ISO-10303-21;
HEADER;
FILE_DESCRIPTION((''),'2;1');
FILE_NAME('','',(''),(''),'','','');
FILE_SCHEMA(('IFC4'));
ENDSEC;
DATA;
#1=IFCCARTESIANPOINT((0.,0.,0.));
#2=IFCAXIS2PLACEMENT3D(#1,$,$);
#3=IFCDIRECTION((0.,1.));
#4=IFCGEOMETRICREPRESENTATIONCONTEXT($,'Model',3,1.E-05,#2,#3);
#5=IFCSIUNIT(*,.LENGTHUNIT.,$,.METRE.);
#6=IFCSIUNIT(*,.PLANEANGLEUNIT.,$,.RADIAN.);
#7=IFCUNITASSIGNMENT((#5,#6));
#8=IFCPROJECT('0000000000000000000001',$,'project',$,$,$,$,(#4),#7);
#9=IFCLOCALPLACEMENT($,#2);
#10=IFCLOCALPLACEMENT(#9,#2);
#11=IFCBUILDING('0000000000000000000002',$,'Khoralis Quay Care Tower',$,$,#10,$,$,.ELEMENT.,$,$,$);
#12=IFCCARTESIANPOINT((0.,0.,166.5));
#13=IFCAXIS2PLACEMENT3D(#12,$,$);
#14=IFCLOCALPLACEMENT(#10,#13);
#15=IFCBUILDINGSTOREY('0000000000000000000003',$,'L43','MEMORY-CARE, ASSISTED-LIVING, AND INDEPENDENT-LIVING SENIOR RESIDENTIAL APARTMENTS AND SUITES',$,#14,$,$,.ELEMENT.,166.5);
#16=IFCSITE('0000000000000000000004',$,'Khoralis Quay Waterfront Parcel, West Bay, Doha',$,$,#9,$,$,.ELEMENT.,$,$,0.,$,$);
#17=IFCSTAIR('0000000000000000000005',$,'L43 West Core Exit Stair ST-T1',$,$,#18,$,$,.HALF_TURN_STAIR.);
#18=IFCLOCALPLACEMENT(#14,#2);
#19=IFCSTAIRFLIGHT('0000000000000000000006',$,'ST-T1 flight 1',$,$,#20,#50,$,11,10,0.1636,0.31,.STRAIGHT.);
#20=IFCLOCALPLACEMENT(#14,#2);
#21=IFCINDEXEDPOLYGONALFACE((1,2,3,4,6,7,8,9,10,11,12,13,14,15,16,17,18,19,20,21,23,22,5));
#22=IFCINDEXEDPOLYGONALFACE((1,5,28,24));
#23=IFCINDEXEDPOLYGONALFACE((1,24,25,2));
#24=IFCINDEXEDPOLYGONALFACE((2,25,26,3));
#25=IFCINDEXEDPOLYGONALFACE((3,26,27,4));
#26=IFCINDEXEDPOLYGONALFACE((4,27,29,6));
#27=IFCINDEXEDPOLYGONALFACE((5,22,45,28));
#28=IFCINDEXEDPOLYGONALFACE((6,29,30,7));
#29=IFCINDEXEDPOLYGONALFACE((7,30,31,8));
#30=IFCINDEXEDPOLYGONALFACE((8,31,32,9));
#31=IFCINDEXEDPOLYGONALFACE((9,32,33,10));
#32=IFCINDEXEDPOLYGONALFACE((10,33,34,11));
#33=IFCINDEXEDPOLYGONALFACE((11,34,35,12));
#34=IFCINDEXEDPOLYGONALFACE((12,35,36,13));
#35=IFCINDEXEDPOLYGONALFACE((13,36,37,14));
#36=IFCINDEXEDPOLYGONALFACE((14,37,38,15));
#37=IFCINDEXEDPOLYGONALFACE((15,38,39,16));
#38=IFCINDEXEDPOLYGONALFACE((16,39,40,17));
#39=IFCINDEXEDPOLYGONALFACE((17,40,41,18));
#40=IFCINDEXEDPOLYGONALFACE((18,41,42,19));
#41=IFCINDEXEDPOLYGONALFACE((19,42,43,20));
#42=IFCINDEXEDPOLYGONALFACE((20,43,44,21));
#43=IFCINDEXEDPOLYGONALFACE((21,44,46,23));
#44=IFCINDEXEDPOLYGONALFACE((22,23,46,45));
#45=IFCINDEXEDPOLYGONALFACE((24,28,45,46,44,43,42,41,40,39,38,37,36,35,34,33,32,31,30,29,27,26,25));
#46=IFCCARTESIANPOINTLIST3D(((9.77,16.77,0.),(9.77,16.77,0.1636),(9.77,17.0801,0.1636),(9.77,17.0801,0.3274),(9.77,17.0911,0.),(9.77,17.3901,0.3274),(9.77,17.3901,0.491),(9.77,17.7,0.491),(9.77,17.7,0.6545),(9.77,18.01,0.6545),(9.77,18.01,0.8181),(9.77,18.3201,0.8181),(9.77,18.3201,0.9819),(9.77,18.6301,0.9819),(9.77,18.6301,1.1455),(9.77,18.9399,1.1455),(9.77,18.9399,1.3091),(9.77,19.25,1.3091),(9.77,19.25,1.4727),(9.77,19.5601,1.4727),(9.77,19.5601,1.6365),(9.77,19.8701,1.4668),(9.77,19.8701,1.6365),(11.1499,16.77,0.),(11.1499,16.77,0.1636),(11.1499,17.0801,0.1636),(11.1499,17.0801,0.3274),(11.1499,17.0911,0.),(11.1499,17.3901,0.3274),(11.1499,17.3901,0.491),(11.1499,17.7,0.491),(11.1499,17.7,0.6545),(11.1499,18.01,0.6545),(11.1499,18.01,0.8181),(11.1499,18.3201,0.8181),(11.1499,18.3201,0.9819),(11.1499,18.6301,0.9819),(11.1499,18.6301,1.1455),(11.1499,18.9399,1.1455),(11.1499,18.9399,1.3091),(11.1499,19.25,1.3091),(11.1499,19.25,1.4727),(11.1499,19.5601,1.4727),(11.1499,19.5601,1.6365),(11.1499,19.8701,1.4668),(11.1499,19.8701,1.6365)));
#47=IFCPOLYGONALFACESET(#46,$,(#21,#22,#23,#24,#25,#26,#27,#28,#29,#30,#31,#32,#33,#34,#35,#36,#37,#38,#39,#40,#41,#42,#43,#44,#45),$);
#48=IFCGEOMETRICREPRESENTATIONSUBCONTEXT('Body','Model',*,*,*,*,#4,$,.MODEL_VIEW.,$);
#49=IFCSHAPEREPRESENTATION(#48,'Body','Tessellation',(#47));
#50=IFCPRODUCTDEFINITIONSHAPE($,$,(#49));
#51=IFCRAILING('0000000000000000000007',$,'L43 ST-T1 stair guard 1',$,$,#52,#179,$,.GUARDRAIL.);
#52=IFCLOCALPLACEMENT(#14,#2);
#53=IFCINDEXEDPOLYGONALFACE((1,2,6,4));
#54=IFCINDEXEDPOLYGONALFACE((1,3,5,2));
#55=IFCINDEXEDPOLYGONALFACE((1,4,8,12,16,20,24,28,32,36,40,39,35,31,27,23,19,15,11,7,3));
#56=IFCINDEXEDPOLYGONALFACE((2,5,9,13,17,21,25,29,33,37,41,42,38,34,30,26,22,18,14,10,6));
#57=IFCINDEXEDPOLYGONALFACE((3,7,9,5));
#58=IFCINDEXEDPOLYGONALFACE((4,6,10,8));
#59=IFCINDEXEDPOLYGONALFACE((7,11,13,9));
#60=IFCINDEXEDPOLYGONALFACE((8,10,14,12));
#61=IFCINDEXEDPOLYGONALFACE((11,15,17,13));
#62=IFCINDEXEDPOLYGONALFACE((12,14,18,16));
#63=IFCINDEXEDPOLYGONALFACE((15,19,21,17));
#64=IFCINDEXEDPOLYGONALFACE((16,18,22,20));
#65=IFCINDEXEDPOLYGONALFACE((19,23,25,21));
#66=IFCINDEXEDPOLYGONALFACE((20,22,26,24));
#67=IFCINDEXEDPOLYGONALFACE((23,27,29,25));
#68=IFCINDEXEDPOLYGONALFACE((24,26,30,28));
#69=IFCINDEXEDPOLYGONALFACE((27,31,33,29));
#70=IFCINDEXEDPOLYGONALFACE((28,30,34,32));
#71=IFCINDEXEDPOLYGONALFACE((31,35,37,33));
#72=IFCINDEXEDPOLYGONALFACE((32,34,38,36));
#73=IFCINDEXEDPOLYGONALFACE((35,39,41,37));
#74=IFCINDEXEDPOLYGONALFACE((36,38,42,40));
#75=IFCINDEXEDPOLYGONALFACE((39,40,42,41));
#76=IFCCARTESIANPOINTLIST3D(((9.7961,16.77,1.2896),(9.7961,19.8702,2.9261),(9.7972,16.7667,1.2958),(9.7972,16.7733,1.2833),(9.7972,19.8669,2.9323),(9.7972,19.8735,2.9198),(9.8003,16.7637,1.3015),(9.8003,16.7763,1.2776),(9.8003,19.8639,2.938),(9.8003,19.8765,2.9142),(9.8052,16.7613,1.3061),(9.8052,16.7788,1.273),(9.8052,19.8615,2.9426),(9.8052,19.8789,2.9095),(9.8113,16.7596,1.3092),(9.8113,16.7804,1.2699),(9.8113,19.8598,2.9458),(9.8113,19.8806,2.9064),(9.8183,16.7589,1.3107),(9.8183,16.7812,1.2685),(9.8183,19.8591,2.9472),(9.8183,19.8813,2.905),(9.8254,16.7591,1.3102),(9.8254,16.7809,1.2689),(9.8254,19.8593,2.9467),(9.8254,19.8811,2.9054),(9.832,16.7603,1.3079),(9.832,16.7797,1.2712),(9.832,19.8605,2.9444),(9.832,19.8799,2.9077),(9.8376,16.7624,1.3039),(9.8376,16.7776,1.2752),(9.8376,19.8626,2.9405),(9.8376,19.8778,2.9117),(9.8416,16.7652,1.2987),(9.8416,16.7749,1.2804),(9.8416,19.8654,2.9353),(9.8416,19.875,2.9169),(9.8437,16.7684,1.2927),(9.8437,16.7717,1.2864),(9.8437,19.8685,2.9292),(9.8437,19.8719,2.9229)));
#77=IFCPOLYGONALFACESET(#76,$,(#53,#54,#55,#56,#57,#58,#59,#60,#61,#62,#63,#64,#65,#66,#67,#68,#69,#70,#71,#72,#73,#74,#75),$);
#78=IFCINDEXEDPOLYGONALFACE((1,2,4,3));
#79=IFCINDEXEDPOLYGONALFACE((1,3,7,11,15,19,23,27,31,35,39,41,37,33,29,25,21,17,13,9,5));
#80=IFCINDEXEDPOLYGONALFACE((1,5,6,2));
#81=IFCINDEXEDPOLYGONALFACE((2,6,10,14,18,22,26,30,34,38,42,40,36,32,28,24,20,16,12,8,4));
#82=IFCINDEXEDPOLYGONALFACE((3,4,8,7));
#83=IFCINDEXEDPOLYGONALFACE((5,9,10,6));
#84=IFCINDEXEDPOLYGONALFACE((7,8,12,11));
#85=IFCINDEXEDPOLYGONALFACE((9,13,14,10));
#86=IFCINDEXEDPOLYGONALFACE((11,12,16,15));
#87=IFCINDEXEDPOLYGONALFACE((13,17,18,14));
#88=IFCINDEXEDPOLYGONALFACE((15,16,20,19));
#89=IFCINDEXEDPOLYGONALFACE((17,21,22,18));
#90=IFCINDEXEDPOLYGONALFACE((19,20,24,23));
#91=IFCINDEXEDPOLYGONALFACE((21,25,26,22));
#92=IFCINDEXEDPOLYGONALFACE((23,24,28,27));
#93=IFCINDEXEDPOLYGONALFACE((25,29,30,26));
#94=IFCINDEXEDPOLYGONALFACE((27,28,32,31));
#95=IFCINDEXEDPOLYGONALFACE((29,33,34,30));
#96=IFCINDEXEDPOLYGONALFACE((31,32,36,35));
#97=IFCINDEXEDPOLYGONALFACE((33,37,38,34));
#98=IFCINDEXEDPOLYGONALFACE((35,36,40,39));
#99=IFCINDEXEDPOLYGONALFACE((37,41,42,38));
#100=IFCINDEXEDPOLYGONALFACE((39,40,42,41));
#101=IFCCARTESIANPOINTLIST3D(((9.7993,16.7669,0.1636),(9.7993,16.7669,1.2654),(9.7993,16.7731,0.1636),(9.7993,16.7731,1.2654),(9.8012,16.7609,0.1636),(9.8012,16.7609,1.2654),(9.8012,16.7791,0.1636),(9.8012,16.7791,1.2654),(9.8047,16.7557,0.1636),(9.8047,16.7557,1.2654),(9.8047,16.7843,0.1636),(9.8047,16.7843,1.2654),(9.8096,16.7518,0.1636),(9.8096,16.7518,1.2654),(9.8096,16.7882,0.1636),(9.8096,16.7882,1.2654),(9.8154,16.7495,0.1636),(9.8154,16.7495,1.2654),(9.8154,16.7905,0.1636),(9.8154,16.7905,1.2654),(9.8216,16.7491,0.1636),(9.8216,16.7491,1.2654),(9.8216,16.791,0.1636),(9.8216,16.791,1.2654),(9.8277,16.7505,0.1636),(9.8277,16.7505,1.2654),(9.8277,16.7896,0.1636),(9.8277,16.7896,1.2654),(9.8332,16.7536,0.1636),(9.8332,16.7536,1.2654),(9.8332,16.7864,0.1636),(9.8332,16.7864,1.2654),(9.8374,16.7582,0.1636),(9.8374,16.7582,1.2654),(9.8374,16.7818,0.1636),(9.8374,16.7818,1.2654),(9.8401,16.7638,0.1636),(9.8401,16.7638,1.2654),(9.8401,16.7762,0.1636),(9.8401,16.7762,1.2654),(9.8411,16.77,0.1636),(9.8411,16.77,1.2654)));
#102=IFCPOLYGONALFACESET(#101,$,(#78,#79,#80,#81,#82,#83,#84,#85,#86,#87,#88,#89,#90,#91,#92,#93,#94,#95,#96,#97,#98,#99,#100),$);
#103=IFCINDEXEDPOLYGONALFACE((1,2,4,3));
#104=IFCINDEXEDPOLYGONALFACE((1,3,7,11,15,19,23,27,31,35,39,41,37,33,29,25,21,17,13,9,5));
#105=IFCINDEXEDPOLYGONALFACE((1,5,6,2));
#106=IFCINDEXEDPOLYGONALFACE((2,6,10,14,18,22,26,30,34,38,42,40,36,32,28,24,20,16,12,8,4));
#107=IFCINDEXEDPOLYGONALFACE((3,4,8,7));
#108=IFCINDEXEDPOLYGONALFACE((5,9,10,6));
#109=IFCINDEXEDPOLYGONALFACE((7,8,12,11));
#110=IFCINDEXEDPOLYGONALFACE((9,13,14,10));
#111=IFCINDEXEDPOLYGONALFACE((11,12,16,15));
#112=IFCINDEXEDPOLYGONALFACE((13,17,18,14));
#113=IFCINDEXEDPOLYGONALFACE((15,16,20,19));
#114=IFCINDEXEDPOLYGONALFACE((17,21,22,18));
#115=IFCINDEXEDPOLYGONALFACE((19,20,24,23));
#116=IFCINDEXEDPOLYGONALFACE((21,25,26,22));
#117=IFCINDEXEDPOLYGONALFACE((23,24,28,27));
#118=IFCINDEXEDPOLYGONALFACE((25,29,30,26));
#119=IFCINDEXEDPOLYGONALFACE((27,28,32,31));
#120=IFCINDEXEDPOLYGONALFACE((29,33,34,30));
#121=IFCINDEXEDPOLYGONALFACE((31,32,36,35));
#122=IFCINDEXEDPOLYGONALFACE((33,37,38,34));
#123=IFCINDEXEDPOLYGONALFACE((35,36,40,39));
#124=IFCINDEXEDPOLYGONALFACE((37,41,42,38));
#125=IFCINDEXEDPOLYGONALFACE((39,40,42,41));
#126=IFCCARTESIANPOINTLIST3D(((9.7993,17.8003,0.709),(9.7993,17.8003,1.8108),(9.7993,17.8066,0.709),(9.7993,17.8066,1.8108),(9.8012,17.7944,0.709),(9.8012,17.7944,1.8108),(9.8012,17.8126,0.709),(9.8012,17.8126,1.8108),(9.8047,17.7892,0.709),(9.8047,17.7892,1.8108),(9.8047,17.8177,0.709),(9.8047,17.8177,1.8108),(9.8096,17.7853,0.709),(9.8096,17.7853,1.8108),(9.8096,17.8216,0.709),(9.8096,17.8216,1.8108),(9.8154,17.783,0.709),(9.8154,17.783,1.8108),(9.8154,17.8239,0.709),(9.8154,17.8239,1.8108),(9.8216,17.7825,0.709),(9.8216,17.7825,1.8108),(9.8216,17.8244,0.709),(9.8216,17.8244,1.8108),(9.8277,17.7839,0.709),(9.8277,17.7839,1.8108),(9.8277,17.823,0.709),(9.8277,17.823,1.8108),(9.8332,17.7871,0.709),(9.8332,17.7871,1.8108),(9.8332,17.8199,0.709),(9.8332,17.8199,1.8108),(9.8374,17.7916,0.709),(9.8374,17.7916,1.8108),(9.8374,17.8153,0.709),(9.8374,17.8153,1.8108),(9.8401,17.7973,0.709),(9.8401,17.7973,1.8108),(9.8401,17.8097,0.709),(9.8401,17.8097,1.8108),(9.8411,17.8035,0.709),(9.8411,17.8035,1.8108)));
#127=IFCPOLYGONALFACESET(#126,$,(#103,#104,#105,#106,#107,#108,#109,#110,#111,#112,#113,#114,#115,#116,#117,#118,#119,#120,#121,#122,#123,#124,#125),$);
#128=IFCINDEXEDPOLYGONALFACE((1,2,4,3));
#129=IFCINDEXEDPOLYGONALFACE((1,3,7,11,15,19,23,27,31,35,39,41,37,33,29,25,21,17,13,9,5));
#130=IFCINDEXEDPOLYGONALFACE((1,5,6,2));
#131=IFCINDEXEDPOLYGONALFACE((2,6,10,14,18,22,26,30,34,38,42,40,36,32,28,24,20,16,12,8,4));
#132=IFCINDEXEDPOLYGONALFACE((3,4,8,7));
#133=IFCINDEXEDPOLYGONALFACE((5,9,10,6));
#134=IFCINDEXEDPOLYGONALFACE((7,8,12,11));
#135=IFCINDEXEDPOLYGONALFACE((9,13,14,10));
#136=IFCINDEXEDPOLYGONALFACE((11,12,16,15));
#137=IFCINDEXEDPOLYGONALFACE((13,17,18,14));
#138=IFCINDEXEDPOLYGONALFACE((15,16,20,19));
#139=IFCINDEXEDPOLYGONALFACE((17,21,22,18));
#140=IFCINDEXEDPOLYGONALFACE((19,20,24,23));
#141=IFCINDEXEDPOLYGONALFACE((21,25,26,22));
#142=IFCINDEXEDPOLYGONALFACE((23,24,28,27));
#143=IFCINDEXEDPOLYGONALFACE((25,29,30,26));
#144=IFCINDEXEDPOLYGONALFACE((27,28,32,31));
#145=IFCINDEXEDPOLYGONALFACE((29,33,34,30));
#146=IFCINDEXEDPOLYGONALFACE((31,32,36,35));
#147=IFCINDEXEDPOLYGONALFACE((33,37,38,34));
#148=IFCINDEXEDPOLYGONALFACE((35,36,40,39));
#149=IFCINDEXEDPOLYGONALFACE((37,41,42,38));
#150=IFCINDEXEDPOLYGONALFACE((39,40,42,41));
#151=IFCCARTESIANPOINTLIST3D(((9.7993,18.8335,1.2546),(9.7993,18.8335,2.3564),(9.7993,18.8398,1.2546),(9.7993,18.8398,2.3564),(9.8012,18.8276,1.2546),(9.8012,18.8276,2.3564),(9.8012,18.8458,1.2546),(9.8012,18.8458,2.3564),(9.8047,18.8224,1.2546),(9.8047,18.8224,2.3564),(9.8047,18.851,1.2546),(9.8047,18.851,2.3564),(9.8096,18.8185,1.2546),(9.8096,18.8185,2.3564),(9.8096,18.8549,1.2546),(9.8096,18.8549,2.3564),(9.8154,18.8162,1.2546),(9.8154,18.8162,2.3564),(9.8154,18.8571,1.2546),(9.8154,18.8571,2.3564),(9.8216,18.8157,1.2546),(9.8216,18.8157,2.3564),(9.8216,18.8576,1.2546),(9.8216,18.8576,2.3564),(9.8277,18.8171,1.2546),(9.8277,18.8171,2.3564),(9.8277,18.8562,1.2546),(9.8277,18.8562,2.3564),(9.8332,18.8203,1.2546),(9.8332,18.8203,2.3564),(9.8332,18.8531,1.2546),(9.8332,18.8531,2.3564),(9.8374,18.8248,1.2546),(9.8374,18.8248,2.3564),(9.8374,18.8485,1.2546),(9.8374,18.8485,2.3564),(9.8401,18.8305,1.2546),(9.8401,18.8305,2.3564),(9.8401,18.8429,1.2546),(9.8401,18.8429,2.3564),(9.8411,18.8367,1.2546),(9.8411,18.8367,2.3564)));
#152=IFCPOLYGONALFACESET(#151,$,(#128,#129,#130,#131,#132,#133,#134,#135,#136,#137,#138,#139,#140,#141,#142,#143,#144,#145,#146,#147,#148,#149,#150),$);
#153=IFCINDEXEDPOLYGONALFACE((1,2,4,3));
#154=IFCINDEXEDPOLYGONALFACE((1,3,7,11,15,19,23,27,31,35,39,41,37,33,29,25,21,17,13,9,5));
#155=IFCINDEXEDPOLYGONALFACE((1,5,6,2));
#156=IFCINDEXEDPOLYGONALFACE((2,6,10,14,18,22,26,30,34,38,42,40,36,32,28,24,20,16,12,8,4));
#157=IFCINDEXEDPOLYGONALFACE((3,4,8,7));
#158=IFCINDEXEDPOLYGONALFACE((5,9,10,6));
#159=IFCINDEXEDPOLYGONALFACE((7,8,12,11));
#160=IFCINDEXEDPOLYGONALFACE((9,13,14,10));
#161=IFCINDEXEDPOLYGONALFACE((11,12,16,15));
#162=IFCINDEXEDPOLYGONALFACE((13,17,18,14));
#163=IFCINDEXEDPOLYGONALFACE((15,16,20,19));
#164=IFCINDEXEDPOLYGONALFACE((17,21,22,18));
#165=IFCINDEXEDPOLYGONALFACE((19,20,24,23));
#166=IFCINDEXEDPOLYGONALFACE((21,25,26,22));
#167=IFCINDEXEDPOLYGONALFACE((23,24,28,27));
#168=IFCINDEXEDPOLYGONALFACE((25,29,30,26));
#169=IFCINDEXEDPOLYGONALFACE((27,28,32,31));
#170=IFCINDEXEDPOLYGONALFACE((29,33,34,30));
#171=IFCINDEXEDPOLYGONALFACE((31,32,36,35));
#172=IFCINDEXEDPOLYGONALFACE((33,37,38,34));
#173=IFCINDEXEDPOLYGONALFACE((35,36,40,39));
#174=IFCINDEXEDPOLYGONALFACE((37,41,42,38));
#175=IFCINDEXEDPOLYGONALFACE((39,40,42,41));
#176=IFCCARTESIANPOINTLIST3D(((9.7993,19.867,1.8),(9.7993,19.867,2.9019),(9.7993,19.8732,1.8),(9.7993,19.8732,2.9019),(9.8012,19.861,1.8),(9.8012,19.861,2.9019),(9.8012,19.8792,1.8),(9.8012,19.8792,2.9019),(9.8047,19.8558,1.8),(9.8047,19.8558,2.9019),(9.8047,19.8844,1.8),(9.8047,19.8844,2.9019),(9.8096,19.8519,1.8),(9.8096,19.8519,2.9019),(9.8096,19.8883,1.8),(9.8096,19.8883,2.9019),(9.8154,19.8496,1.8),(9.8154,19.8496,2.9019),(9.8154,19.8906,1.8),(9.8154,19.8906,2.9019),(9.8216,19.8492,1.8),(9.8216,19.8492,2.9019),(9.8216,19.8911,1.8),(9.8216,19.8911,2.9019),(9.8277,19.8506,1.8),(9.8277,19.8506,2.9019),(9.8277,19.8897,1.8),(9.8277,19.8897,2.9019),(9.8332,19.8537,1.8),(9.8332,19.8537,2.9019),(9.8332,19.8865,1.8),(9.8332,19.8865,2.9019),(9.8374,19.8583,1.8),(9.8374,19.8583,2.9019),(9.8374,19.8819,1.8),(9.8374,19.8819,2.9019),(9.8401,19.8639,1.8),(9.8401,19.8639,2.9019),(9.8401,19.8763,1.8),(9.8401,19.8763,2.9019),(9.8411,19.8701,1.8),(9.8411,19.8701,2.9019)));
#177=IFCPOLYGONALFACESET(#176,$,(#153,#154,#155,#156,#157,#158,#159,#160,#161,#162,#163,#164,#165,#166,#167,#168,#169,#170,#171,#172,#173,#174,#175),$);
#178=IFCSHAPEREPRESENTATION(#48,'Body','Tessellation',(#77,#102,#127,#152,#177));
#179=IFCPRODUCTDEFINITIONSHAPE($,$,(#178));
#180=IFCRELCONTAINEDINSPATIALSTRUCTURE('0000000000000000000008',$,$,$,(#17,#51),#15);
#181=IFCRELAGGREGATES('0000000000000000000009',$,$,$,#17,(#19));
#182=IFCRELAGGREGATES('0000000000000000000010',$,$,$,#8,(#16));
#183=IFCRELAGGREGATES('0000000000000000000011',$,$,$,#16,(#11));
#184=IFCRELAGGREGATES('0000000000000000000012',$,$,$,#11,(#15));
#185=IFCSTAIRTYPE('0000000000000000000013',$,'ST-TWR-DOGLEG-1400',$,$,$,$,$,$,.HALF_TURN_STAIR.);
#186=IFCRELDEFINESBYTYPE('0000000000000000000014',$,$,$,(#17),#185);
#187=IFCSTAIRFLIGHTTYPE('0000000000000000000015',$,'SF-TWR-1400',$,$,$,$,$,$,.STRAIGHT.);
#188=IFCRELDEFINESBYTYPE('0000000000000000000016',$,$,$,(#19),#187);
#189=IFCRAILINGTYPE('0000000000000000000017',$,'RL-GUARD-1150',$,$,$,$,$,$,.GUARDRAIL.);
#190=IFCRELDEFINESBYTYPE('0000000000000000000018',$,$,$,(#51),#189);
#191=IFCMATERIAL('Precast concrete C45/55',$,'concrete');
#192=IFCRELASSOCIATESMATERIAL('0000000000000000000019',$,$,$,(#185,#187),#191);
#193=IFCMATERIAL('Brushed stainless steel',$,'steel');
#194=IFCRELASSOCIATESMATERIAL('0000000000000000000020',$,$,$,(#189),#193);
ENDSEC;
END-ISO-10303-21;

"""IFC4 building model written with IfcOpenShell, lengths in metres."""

from ifc_helpers import new_model, si_unit, direction, frame, origin, origin_2d, place, context, subcontext, project, spatial, polyline, circle, outline, extrude, source, transform, mapped, material, type_object, element, aggregate, save


model = new_model("IFC4")

# Units and contexts
model_context = context("Model", 3, precision=1e-05, world=origin(), true_north=direction((0.0, 1.0)))
body_context = subcontext(model_context, "Body", "Model", "MODEL_VIEW")
ifc_project = project(units=[si_unit("LENGTHUNIT", "METRE"), si_unit("PLANEANGLEUNIT", "RADIAN")], contexts=[model_context])

# Site, building, storey
site_placement = place(None, origin())
site = spatial("IfcSite", under=ifc_project, at=site_placement, Name="Khoralis Quay Waterfront Parcel, West Bay, Doha", CompositionType="ELEMENT", RefElevation=0.0)
building_placement = place(site_placement, origin())
building = spatial("IfcBuilding", under=site, at=building_placement, Name="Khoralis Quay Care Tower", CompositionType="ELEMENT")
storey_placement = place(building_placement, frame((0.0, 0.0, 166.5)))
storey = spatial("IfcBuildingStorey", under=building, at=storey_placement, Name="L43", Description="MEMORY-CARE, ASSISTED-LIVING, AND INDEPENDENT-LIVING SENIOR RESIDENTIAL APARTMENTS AND SUITES", CompositionType="ELEMENT", Elevation=166.5)

# Stair, stair flight
ifc_material_1 = material(Name="Precast concrete C45/55", Category="concrete")
stair_type = type_object("IfcStairType", Name="ST-TWR-DOGLEG-1400", PredefinedType="HALF_TURN_STAIR", material=ifc_material_1)
stair_placement = place(storey_placement, origin())
stair = element("IfcStair", 1, at=stair_placement, inside=storey, type_object=stair_type, Name="L43 West Core Exit Stair ST-T1", PredefinedType="HALF_TURN_STAIR")
stair_flight_type = type_object("IfcStairFlightType", Name="SF-TWR-1400", PredefinedType="STRAIGHT", material=ifc_material_1)
shared_shape_1 = source(origin(), body_context, "Body", "SweptSolid", [
    extrude(outline(polyline([(0.0, 0.0), (0.0, 0.1636), (0.3101, 0.1636), (0.3101, 0.3274), (0.6201, 0.3274), (0.6201, 0.491), (0.9299, 0.491), (0.9299, 0.6545), (1.24, 0.6545), (1.24, 0.8181), (1.55, 0.8181), (1.55, 0.9819), (1.8601, 0.9819), (1.8601, 1.1455), (2.1699, 1.1455), (2.1699, 1.3091), (2.48, 1.3091), (2.48, 1.4727), (2.79, 1.4727), (2.79, 1.6365), (3.1001, 1.6365), (3.1001, 1.8), (3.1001, 1.4668), (0.321, 0.0), (0.0, 0.0)])), frame((0.0, 0.6899, 0.0), z_axis=(0.0, -1.0, 0.0), x_axis=(1.0, 0.0, 0.0)), (0.0, 0.0, 1.0), 1.3799),
])
stair_flight_placement = place(storey_placement, frame((10.46, 16.77, 0.0), z_axis=(0.0, 0.0, 1.0), x_axis=(0.0, 1.0, 0.0)))
stair_flight = element("IfcStairFlight", 2, at=stair_flight_placement, type_object=stair_flight_type, Name="ST-T1 flight 1", NumberOfRisers=11, NumberOfTreads=10, PredefinedType="STRAIGHT", RiserHeight=0.1636, TreadLength=0.31, context=body_context, shape_type="MappedRepresentation", body=[
    mapped(shared_shape_1, transform((0.0, 0.0, 0.0), scale=1.0)),
])
aggregate(stair, [stair_flight])

# Railing
ifc_material_2 = material(Name="Brushed stainless steel", Category="steel")
railing_type_1 = type_object("IfcRailingType", Name="RL-GUARD-1150", PredefinedType="GUARDRAIL", material=ifc_material_2)
railing_1_placement = place(storey_placement, frame((9.8201, 16.77, 0.1636)))
element("IfcRailing", 3, at=railing_1_placement, inside=storey, type_object=railing_type_1, Name="L43 ST-T1 stair guard 1", PredefinedType="GUARDRAIL", context=body_context, shape_type="SweptSolid", body=[
    extrude(circle(Radius=0.0239, at=origin_2d()), frame((0.0, 0.0, 1.126), z_axis=(0.0, 0.884348, 0.466828), x_axis=(-1.0, 0.0, 0.0)), (0.0, 0.0, 1.0), 3.5056),
    extrude(circle(Radius=0.021, at=origin_2d()), origin(), (0.0, 0.0, 1.0), 1.1018),
    extrude(circle(Radius=0.021, at=origin_2d()), frame((0.0, 1.0334, 0.5454)), (0.0, 0.0, 1.0), 1.1018),
    extrude(circle(Radius=0.021, at=origin_2d()), frame((0.0, 2.0667, 1.0911)), (0.0, 0.0, 1.0), 1.1018),
    extrude(circle(Radius=0.021, at=origin_2d()), frame((0.0, 3.1001, 1.6365)), (0.0, 0.0, 1.0), 1.1018),
])

save(model, "model.ifc")
